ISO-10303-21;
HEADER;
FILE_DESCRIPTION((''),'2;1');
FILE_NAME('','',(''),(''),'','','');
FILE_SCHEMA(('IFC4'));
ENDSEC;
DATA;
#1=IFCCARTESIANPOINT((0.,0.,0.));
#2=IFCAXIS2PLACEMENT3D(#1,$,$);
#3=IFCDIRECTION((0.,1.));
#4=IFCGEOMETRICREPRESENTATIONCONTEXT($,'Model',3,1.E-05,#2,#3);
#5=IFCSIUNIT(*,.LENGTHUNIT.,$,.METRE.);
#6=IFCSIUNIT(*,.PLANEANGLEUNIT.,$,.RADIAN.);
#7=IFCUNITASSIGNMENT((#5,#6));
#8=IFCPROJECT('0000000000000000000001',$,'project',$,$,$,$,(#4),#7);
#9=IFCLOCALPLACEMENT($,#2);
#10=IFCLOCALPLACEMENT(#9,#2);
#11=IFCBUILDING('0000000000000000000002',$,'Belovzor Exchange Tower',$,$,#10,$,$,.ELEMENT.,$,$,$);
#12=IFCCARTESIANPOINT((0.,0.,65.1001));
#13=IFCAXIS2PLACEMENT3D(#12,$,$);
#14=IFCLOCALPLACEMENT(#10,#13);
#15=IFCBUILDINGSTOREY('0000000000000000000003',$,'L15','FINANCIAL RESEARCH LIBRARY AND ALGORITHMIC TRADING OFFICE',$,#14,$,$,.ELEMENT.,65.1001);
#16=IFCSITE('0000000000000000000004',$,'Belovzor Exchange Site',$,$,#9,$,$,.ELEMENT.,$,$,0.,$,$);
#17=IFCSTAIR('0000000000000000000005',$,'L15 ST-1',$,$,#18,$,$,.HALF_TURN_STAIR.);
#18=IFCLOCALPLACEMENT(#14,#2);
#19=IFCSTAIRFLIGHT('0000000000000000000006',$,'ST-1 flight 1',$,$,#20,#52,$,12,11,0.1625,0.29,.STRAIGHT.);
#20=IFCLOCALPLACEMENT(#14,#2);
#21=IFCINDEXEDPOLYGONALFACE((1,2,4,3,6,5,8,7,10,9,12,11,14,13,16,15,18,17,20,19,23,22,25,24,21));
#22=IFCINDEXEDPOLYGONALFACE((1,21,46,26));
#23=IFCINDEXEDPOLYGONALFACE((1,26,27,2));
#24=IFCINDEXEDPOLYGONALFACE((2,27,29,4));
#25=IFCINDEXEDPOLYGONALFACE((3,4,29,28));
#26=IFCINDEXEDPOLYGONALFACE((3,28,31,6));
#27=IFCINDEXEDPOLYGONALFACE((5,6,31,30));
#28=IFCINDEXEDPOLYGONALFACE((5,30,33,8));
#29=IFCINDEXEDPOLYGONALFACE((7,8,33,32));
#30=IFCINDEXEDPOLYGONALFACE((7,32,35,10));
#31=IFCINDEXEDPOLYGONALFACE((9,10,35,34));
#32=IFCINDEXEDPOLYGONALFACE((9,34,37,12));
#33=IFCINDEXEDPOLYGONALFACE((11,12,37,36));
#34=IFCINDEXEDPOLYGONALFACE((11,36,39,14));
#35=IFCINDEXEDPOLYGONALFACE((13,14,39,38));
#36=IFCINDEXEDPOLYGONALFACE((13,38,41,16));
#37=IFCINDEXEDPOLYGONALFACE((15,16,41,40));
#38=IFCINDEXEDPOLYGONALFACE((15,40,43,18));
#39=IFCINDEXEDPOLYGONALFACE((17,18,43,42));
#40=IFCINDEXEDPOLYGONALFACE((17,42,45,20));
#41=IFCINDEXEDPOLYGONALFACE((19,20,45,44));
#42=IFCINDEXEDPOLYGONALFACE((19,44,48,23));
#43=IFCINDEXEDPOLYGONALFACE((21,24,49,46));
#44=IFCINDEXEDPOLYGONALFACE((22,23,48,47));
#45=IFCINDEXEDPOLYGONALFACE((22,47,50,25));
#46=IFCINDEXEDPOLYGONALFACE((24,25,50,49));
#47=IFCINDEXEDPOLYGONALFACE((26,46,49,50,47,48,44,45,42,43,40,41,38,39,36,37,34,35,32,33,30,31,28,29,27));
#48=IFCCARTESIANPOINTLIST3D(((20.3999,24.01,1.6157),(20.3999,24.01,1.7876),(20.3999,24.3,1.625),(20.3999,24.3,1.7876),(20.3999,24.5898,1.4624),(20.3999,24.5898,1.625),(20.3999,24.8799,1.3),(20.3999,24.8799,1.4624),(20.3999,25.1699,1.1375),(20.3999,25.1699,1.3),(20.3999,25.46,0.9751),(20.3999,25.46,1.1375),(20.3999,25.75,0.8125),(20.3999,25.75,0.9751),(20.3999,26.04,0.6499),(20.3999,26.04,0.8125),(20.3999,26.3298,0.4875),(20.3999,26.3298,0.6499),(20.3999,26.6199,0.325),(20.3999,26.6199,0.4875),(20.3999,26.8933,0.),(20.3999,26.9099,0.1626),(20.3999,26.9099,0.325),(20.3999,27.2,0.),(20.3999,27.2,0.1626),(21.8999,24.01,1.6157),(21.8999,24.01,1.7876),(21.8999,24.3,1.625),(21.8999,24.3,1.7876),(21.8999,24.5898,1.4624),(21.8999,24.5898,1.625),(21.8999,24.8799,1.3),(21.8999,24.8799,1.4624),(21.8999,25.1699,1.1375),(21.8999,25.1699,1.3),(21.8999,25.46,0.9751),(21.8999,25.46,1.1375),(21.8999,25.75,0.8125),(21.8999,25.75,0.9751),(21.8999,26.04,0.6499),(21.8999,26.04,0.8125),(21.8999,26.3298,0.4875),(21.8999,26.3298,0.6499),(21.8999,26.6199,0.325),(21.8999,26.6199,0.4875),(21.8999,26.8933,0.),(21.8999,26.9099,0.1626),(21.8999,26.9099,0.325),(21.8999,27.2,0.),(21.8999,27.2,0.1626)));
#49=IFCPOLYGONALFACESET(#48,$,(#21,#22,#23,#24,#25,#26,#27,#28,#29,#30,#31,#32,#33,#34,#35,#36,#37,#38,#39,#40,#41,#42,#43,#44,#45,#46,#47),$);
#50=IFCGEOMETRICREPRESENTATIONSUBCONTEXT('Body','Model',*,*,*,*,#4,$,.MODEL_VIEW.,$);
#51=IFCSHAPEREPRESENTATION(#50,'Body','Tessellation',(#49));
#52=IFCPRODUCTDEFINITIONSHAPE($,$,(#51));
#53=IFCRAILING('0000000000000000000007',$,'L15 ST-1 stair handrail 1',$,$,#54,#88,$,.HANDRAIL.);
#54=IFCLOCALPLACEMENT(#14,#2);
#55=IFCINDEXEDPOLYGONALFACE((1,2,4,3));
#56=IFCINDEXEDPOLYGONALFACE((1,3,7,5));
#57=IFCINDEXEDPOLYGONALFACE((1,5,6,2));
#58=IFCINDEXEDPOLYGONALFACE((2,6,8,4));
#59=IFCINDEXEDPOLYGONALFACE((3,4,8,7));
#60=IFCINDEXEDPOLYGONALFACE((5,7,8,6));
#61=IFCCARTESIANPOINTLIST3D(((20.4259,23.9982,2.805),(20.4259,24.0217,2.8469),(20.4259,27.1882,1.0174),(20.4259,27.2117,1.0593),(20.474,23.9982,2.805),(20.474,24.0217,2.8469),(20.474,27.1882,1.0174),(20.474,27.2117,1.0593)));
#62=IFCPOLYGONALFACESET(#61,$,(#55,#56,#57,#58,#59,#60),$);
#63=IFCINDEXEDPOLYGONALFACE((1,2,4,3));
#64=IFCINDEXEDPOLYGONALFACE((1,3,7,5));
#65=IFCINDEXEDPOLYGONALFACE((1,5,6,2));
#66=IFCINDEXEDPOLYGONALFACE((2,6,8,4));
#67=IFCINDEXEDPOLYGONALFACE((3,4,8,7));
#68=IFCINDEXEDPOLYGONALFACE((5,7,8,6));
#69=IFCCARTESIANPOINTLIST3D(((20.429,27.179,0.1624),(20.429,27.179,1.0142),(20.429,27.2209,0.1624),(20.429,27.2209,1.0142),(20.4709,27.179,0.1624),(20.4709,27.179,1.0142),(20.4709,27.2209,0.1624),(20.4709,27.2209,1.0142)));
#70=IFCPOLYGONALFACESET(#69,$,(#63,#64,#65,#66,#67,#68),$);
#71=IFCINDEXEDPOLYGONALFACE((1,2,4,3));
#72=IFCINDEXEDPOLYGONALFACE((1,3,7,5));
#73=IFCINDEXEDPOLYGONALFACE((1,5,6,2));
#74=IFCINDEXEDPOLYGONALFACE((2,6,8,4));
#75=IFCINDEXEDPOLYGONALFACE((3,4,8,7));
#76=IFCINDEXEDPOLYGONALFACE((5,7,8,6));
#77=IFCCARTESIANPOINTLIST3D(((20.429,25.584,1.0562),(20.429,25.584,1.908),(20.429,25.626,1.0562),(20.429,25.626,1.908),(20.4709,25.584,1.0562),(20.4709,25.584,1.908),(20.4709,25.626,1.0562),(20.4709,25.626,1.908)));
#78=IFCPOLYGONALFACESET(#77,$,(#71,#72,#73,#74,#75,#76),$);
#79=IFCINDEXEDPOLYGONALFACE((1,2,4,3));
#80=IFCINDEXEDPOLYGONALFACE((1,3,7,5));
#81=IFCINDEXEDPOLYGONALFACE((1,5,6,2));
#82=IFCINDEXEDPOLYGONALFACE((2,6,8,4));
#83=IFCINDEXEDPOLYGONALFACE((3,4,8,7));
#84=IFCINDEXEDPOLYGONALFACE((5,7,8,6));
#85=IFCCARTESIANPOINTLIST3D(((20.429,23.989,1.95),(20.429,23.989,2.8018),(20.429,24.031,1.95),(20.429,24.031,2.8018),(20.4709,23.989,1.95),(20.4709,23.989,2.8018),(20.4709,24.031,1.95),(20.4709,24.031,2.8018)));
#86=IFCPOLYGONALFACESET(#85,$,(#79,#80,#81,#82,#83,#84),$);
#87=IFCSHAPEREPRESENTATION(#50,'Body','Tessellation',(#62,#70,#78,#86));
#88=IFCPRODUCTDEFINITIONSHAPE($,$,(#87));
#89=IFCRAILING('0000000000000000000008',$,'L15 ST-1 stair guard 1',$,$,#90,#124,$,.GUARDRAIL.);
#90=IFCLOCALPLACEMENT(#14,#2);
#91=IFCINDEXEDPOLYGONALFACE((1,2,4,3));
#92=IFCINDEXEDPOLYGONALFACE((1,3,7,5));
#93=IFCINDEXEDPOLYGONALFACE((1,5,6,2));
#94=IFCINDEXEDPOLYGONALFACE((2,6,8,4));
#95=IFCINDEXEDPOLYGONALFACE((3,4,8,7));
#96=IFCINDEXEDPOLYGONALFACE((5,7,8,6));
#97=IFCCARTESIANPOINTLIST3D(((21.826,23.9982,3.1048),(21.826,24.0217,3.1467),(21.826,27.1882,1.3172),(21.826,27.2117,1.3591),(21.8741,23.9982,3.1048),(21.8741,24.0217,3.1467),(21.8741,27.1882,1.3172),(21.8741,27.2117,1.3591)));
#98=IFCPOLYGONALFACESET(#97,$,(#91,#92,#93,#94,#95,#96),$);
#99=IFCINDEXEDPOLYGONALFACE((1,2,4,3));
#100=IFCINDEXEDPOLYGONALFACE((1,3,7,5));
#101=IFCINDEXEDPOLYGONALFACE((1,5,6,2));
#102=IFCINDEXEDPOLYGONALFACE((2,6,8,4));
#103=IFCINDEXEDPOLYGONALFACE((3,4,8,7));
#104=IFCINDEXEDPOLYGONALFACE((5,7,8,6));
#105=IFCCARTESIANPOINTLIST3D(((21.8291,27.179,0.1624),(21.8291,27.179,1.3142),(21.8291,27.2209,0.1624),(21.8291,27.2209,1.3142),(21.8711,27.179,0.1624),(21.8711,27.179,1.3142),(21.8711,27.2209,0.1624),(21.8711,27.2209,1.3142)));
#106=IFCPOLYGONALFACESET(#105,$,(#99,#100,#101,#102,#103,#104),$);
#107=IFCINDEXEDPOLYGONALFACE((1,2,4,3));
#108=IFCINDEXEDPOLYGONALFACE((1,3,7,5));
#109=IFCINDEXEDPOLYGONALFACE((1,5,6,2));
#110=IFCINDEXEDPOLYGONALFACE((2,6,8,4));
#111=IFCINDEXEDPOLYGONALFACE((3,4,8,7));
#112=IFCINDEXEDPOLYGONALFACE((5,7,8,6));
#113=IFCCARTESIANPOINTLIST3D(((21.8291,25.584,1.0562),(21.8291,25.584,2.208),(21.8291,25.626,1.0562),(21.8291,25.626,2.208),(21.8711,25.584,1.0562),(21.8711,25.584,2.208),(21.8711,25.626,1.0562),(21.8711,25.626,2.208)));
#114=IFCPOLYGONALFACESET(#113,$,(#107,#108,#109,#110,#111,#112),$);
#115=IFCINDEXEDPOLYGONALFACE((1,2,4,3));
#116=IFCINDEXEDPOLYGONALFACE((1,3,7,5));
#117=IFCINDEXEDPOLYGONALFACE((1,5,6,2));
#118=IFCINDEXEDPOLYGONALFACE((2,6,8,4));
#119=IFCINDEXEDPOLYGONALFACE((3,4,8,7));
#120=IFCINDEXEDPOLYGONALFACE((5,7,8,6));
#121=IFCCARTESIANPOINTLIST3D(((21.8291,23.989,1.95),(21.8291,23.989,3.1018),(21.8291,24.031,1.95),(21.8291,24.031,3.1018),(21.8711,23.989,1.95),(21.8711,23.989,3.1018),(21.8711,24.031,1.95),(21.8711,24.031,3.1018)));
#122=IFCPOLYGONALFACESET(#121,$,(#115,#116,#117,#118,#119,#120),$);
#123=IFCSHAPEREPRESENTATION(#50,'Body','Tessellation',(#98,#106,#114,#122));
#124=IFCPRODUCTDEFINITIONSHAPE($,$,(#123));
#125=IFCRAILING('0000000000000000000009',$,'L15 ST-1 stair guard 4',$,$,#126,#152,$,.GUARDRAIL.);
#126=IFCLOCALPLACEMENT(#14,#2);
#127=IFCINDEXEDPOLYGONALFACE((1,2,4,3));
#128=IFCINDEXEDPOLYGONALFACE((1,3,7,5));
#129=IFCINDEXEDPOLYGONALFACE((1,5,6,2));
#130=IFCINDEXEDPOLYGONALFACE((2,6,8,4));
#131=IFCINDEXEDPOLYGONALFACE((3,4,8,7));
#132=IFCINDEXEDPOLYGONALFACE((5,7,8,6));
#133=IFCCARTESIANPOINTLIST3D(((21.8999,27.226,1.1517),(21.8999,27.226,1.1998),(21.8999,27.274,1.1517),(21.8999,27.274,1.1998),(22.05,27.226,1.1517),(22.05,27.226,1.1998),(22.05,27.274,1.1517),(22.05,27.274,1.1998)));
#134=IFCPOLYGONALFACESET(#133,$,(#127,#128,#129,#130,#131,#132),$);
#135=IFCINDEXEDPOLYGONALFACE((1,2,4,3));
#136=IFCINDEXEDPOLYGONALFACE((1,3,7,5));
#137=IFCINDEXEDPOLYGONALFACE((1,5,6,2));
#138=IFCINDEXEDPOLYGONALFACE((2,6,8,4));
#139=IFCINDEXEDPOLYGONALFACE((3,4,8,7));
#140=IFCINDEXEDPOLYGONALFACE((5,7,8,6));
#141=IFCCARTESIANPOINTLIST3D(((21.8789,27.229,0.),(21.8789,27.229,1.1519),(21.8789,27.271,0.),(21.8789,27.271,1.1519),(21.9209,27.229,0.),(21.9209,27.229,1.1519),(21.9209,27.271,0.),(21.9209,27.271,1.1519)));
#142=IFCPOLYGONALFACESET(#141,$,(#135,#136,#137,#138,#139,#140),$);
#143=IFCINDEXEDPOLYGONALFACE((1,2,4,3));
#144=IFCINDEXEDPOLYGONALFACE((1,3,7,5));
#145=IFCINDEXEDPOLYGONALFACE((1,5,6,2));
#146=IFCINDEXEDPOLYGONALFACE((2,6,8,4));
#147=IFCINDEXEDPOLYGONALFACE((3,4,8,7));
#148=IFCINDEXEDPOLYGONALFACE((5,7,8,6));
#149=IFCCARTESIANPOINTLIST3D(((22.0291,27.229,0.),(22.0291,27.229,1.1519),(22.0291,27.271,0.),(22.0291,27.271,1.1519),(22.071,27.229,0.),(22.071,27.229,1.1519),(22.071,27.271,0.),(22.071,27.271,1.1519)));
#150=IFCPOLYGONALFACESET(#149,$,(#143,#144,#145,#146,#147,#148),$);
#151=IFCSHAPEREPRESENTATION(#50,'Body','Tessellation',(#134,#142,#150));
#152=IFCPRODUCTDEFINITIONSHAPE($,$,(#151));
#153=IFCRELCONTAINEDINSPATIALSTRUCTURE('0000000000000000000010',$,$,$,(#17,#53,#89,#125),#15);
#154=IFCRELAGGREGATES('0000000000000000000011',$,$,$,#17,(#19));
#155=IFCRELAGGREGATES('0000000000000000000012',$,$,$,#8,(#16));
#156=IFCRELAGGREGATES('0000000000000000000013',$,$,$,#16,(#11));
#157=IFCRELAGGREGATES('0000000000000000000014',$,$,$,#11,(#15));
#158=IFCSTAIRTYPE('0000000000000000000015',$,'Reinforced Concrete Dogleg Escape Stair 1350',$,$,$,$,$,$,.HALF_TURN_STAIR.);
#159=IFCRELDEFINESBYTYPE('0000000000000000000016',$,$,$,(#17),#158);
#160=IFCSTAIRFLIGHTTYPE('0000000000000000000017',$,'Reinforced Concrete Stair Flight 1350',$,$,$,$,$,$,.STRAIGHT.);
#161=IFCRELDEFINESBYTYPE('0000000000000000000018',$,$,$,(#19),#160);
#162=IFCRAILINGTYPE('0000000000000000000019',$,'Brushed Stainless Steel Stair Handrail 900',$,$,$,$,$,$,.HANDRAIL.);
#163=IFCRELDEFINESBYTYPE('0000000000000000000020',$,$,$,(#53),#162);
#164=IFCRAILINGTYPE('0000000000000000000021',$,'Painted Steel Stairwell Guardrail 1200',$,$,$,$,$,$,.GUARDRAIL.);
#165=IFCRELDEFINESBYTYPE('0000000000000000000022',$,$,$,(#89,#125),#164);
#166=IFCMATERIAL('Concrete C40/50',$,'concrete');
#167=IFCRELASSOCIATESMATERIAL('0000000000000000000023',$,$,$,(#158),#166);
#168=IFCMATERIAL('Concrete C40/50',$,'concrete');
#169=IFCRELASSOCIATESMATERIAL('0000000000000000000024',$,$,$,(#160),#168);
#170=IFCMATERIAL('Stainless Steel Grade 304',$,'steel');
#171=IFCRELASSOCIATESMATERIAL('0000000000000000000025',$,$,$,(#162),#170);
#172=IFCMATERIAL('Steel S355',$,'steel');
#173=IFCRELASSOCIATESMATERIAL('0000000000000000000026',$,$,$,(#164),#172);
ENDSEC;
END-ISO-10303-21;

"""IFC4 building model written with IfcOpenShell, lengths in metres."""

from ifc_helpers import new_model, si_unit, direction, frame, origin, origin_2d, place, context, subcontext, project, spatial, polyline, rectangle, outline, extrude, material, type_object, element, aggregate, save


model = new_model("IFC4")

# Units and contexts
model_context = context("Model", 3, precision=1e-05, world=origin(), true_north=direction((0.0, 1.0)))
body_context = subcontext(model_context, "Body", "Model", "MODEL_VIEW")
ifc_project = project(units=[si_unit("LENGTHUNIT", "METRE"), si_unit("PLANEANGLEUNIT", "RADIAN")], contexts=[model_context])

# Site, building, storey
site_placement = place(None, origin())
site = spatial("IfcSite", under=ifc_project, at=site_placement, Name="Belovzor Exchange Site", CompositionType="ELEMENT", RefElevation=0.0)
building_placement = place(site_placement, origin())
building = spatial("IfcBuilding", under=site, at=building_placement, Name="Belovzor Exchange Tower", CompositionType="ELEMENT")
storey_placement = place(building_placement, frame((0.0, 0.0, 65.1001)))
storey = spatial("IfcBuildingStorey", under=building, at=storey_placement, Name="L15", Description="FINANCIAL RESEARCH LIBRARY AND ALGORITHMIC TRADING OFFICE", CompositionType="ELEMENT", Elevation=65.1001)

# Stair, stair flight
ifc_material_1 = material(Name="Concrete C40/50", Category="concrete")
stair_type = type_object("IfcStairType", Name="Reinforced Concrete Dogleg Escape Stair 1350", PredefinedType="HALF_TURN_STAIR", material=ifc_material_1)
stair_placement = place(storey_placement, origin())
stair = element("IfcStair", 1, at=stair_placement, inside=storey, type_object=stair_type, Name="L15 ST-1", PredefinedType="HALF_TURN_STAIR")
ifc_material_2 = material(Name="Concrete C40/50", Category="concrete")
stair_flight_type = type_object("IfcStairFlightType", Name="Reinforced Concrete Stair Flight 1350", PredefinedType="STRAIGHT", material=ifc_material_2)
stair_flight_placement = place(storey_placement, frame((21.1499, 27.2, 0.0), z_axis=(0.0, 0.0, 1.0), x_axis=(0.0, -1.0, 0.0)))
stair_flight = element("IfcStairFlight", 2, at=stair_flight_placement, type_object=stair_flight_type, Name="ST-1 flight 1", NumberOfRisers=12, NumberOfTreads=11, PredefinedType="STRAIGHT", RiserHeight=0.1625, TreadLength=0.29, context=body_context, shape_type="SweptSolid", body=[
    extrude(outline(polyline([(0.0, 0.0), (0.0, 0.1626), (0.29, 0.1626), (0.29, 0.325), (0.5801, 0.325), (0.5801, 0.4875), (0.8701, 0.4875), (0.8701, 0.6499), (1.1599, 0.6499), (1.1599, 0.8125), (1.45, 0.8125), (1.45, 0.9751), (1.74, 0.9751), (1.74, 1.1375), (2.03, 1.1375), (2.03, 1.3), (2.3201, 1.3), (2.3201, 1.4624), (2.6101, 1.4624), (2.6101, 1.625), (2.8999, 1.625), (2.8999, 1.7876), (3.1899, 1.7876), (3.1899, 1.95), (3.1899, 1.6157), (0.3066, 0.0), (0.0, 0.0)])), frame((0.0, 0.75, 0.0), z_axis=(0.0, -1.0, 0.0), x_axis=(1.0, 0.0, 0.0)), (0.0, 0.0, 1.0), 1.5),
])
aggregate(stair, [stair_flight])

# Railings
ifc_material_3 = material(Name="Stainless Steel Grade 304", Category="steel")
railing_type_1 = type_object("IfcRailingType", Name="Brushed Stainless Steel Stair Handrail 900", PredefinedType="HANDRAIL", material=ifc_material_3)
railing_1_placement = place(storey_placement, frame((20.45, 27.2, 0.1624)))
element("IfcRailing", 3, at=railing_1_placement, inside=storey, type_object=railing_type_1, Name="L15 ST-1 stair handrail 1", PredefinedType="HANDRAIL", context=body_context, shape_type="SweptSolid", body=[
    extrude(rectangle(XDim=0.0481, YDim=0.0481, at=origin_2d()), frame((0.0, 0.0, 0.876), z_axis=(0.0, -0.872363, 0.48886), x_axis=(1.0, 0.0, 0.0)), (0.0, 0.0, 1.0), 3.6567),
    extrude(rectangle(XDim=0.042, YDim=0.042, at=origin_2d()), origin(), (0.0, 0.0, 1.0), 0.8518),
    extrude(rectangle(XDim=0.042, YDim=0.042, at=origin_2d()), frame((0.0, -1.595, 0.8938)), (0.0, 0.0, 1.0), 0.8518),
    extrude(rectangle(XDim=0.042, YDim=0.042, at=origin_2d()), frame((0.0, -3.1899, 1.7876)), (0.0, 0.0, 1.0), 0.8518),
])
ifc_material_4 = material(Name="Steel S355", Category="steel")
railing_type_2 = type_object("IfcRailingType", Name="Painted Steel Stairwell Guardrail 1200", PredefinedType="GUARDRAIL", material=ifc_material_4)
railing_2_placement = place(storey_placement, frame((21.8501, 27.2, 0.1624)))
element("IfcRailing", 4, at=railing_2_placement, inside=storey, type_object=railing_type_2, Name="L15 ST-1 stair guard 1", PredefinedType="GUARDRAIL", context=body_context, shape_type="SweptSolid", body=[
    extrude(rectangle(XDim=0.0481, YDim=0.0481, at=origin_2d()), frame((0.0, 0.0, 1.1758), z_axis=(0.0, -0.872363, 0.48886), x_axis=(1.0, 0.0, 0.0)), (0.0, 0.0, 1.0), 3.6567),
    extrude(rectangle(XDim=0.042, YDim=0.042, at=origin_2d()), origin(), (0.0, 0.0, 1.0), 1.1519),
    extrude(rectangle(XDim=0.042, YDim=0.042, at=origin_2d()), frame((0.0, -1.595, 0.8938)), (0.0, 0.0, 1.0), 1.1519),
    extrude(rectangle(XDim=0.042, YDim=0.042, at=origin_2d()), frame((0.0, -3.1899, 1.7876)), (0.0, 0.0, 1.0), 1.1519),
])
railing_3_placement = place(storey_placement, frame((21.8999, 27.25, 0.0)))
element("IfcRailing", 5, at=railing_3_placement, inside=storey, type_object=railing_type_2, Name="L15 ST-1 stair guard 4", PredefinedType="GUARDRAIL", context=body_context, shape_type="SweptSolid", body=[
    extrude(rectangle(XDim=0.0481, YDim=0.0481, at=origin_2d()), frame((0.0, 0.0, 1.1758), z_axis=(1.0, 0.0, 0.0), x_axis=(0.0, 1.0, 0.0)), (0.0, 0.0, 1.0), 0.1501),
    extrude(rectangle(XDim=0.042, YDim=0.042, at=origin_2d()), origin(), (0.0, 0.0, 1.0), 1.1519),
    extrude(rectangle(XDim=0.042, YDim=0.042, at=origin_2d()), frame((0.1501, 0.0, 0.0)), (0.0, 0.0, 1.0), 1.1519),
])

save(model, "model.ifc")
